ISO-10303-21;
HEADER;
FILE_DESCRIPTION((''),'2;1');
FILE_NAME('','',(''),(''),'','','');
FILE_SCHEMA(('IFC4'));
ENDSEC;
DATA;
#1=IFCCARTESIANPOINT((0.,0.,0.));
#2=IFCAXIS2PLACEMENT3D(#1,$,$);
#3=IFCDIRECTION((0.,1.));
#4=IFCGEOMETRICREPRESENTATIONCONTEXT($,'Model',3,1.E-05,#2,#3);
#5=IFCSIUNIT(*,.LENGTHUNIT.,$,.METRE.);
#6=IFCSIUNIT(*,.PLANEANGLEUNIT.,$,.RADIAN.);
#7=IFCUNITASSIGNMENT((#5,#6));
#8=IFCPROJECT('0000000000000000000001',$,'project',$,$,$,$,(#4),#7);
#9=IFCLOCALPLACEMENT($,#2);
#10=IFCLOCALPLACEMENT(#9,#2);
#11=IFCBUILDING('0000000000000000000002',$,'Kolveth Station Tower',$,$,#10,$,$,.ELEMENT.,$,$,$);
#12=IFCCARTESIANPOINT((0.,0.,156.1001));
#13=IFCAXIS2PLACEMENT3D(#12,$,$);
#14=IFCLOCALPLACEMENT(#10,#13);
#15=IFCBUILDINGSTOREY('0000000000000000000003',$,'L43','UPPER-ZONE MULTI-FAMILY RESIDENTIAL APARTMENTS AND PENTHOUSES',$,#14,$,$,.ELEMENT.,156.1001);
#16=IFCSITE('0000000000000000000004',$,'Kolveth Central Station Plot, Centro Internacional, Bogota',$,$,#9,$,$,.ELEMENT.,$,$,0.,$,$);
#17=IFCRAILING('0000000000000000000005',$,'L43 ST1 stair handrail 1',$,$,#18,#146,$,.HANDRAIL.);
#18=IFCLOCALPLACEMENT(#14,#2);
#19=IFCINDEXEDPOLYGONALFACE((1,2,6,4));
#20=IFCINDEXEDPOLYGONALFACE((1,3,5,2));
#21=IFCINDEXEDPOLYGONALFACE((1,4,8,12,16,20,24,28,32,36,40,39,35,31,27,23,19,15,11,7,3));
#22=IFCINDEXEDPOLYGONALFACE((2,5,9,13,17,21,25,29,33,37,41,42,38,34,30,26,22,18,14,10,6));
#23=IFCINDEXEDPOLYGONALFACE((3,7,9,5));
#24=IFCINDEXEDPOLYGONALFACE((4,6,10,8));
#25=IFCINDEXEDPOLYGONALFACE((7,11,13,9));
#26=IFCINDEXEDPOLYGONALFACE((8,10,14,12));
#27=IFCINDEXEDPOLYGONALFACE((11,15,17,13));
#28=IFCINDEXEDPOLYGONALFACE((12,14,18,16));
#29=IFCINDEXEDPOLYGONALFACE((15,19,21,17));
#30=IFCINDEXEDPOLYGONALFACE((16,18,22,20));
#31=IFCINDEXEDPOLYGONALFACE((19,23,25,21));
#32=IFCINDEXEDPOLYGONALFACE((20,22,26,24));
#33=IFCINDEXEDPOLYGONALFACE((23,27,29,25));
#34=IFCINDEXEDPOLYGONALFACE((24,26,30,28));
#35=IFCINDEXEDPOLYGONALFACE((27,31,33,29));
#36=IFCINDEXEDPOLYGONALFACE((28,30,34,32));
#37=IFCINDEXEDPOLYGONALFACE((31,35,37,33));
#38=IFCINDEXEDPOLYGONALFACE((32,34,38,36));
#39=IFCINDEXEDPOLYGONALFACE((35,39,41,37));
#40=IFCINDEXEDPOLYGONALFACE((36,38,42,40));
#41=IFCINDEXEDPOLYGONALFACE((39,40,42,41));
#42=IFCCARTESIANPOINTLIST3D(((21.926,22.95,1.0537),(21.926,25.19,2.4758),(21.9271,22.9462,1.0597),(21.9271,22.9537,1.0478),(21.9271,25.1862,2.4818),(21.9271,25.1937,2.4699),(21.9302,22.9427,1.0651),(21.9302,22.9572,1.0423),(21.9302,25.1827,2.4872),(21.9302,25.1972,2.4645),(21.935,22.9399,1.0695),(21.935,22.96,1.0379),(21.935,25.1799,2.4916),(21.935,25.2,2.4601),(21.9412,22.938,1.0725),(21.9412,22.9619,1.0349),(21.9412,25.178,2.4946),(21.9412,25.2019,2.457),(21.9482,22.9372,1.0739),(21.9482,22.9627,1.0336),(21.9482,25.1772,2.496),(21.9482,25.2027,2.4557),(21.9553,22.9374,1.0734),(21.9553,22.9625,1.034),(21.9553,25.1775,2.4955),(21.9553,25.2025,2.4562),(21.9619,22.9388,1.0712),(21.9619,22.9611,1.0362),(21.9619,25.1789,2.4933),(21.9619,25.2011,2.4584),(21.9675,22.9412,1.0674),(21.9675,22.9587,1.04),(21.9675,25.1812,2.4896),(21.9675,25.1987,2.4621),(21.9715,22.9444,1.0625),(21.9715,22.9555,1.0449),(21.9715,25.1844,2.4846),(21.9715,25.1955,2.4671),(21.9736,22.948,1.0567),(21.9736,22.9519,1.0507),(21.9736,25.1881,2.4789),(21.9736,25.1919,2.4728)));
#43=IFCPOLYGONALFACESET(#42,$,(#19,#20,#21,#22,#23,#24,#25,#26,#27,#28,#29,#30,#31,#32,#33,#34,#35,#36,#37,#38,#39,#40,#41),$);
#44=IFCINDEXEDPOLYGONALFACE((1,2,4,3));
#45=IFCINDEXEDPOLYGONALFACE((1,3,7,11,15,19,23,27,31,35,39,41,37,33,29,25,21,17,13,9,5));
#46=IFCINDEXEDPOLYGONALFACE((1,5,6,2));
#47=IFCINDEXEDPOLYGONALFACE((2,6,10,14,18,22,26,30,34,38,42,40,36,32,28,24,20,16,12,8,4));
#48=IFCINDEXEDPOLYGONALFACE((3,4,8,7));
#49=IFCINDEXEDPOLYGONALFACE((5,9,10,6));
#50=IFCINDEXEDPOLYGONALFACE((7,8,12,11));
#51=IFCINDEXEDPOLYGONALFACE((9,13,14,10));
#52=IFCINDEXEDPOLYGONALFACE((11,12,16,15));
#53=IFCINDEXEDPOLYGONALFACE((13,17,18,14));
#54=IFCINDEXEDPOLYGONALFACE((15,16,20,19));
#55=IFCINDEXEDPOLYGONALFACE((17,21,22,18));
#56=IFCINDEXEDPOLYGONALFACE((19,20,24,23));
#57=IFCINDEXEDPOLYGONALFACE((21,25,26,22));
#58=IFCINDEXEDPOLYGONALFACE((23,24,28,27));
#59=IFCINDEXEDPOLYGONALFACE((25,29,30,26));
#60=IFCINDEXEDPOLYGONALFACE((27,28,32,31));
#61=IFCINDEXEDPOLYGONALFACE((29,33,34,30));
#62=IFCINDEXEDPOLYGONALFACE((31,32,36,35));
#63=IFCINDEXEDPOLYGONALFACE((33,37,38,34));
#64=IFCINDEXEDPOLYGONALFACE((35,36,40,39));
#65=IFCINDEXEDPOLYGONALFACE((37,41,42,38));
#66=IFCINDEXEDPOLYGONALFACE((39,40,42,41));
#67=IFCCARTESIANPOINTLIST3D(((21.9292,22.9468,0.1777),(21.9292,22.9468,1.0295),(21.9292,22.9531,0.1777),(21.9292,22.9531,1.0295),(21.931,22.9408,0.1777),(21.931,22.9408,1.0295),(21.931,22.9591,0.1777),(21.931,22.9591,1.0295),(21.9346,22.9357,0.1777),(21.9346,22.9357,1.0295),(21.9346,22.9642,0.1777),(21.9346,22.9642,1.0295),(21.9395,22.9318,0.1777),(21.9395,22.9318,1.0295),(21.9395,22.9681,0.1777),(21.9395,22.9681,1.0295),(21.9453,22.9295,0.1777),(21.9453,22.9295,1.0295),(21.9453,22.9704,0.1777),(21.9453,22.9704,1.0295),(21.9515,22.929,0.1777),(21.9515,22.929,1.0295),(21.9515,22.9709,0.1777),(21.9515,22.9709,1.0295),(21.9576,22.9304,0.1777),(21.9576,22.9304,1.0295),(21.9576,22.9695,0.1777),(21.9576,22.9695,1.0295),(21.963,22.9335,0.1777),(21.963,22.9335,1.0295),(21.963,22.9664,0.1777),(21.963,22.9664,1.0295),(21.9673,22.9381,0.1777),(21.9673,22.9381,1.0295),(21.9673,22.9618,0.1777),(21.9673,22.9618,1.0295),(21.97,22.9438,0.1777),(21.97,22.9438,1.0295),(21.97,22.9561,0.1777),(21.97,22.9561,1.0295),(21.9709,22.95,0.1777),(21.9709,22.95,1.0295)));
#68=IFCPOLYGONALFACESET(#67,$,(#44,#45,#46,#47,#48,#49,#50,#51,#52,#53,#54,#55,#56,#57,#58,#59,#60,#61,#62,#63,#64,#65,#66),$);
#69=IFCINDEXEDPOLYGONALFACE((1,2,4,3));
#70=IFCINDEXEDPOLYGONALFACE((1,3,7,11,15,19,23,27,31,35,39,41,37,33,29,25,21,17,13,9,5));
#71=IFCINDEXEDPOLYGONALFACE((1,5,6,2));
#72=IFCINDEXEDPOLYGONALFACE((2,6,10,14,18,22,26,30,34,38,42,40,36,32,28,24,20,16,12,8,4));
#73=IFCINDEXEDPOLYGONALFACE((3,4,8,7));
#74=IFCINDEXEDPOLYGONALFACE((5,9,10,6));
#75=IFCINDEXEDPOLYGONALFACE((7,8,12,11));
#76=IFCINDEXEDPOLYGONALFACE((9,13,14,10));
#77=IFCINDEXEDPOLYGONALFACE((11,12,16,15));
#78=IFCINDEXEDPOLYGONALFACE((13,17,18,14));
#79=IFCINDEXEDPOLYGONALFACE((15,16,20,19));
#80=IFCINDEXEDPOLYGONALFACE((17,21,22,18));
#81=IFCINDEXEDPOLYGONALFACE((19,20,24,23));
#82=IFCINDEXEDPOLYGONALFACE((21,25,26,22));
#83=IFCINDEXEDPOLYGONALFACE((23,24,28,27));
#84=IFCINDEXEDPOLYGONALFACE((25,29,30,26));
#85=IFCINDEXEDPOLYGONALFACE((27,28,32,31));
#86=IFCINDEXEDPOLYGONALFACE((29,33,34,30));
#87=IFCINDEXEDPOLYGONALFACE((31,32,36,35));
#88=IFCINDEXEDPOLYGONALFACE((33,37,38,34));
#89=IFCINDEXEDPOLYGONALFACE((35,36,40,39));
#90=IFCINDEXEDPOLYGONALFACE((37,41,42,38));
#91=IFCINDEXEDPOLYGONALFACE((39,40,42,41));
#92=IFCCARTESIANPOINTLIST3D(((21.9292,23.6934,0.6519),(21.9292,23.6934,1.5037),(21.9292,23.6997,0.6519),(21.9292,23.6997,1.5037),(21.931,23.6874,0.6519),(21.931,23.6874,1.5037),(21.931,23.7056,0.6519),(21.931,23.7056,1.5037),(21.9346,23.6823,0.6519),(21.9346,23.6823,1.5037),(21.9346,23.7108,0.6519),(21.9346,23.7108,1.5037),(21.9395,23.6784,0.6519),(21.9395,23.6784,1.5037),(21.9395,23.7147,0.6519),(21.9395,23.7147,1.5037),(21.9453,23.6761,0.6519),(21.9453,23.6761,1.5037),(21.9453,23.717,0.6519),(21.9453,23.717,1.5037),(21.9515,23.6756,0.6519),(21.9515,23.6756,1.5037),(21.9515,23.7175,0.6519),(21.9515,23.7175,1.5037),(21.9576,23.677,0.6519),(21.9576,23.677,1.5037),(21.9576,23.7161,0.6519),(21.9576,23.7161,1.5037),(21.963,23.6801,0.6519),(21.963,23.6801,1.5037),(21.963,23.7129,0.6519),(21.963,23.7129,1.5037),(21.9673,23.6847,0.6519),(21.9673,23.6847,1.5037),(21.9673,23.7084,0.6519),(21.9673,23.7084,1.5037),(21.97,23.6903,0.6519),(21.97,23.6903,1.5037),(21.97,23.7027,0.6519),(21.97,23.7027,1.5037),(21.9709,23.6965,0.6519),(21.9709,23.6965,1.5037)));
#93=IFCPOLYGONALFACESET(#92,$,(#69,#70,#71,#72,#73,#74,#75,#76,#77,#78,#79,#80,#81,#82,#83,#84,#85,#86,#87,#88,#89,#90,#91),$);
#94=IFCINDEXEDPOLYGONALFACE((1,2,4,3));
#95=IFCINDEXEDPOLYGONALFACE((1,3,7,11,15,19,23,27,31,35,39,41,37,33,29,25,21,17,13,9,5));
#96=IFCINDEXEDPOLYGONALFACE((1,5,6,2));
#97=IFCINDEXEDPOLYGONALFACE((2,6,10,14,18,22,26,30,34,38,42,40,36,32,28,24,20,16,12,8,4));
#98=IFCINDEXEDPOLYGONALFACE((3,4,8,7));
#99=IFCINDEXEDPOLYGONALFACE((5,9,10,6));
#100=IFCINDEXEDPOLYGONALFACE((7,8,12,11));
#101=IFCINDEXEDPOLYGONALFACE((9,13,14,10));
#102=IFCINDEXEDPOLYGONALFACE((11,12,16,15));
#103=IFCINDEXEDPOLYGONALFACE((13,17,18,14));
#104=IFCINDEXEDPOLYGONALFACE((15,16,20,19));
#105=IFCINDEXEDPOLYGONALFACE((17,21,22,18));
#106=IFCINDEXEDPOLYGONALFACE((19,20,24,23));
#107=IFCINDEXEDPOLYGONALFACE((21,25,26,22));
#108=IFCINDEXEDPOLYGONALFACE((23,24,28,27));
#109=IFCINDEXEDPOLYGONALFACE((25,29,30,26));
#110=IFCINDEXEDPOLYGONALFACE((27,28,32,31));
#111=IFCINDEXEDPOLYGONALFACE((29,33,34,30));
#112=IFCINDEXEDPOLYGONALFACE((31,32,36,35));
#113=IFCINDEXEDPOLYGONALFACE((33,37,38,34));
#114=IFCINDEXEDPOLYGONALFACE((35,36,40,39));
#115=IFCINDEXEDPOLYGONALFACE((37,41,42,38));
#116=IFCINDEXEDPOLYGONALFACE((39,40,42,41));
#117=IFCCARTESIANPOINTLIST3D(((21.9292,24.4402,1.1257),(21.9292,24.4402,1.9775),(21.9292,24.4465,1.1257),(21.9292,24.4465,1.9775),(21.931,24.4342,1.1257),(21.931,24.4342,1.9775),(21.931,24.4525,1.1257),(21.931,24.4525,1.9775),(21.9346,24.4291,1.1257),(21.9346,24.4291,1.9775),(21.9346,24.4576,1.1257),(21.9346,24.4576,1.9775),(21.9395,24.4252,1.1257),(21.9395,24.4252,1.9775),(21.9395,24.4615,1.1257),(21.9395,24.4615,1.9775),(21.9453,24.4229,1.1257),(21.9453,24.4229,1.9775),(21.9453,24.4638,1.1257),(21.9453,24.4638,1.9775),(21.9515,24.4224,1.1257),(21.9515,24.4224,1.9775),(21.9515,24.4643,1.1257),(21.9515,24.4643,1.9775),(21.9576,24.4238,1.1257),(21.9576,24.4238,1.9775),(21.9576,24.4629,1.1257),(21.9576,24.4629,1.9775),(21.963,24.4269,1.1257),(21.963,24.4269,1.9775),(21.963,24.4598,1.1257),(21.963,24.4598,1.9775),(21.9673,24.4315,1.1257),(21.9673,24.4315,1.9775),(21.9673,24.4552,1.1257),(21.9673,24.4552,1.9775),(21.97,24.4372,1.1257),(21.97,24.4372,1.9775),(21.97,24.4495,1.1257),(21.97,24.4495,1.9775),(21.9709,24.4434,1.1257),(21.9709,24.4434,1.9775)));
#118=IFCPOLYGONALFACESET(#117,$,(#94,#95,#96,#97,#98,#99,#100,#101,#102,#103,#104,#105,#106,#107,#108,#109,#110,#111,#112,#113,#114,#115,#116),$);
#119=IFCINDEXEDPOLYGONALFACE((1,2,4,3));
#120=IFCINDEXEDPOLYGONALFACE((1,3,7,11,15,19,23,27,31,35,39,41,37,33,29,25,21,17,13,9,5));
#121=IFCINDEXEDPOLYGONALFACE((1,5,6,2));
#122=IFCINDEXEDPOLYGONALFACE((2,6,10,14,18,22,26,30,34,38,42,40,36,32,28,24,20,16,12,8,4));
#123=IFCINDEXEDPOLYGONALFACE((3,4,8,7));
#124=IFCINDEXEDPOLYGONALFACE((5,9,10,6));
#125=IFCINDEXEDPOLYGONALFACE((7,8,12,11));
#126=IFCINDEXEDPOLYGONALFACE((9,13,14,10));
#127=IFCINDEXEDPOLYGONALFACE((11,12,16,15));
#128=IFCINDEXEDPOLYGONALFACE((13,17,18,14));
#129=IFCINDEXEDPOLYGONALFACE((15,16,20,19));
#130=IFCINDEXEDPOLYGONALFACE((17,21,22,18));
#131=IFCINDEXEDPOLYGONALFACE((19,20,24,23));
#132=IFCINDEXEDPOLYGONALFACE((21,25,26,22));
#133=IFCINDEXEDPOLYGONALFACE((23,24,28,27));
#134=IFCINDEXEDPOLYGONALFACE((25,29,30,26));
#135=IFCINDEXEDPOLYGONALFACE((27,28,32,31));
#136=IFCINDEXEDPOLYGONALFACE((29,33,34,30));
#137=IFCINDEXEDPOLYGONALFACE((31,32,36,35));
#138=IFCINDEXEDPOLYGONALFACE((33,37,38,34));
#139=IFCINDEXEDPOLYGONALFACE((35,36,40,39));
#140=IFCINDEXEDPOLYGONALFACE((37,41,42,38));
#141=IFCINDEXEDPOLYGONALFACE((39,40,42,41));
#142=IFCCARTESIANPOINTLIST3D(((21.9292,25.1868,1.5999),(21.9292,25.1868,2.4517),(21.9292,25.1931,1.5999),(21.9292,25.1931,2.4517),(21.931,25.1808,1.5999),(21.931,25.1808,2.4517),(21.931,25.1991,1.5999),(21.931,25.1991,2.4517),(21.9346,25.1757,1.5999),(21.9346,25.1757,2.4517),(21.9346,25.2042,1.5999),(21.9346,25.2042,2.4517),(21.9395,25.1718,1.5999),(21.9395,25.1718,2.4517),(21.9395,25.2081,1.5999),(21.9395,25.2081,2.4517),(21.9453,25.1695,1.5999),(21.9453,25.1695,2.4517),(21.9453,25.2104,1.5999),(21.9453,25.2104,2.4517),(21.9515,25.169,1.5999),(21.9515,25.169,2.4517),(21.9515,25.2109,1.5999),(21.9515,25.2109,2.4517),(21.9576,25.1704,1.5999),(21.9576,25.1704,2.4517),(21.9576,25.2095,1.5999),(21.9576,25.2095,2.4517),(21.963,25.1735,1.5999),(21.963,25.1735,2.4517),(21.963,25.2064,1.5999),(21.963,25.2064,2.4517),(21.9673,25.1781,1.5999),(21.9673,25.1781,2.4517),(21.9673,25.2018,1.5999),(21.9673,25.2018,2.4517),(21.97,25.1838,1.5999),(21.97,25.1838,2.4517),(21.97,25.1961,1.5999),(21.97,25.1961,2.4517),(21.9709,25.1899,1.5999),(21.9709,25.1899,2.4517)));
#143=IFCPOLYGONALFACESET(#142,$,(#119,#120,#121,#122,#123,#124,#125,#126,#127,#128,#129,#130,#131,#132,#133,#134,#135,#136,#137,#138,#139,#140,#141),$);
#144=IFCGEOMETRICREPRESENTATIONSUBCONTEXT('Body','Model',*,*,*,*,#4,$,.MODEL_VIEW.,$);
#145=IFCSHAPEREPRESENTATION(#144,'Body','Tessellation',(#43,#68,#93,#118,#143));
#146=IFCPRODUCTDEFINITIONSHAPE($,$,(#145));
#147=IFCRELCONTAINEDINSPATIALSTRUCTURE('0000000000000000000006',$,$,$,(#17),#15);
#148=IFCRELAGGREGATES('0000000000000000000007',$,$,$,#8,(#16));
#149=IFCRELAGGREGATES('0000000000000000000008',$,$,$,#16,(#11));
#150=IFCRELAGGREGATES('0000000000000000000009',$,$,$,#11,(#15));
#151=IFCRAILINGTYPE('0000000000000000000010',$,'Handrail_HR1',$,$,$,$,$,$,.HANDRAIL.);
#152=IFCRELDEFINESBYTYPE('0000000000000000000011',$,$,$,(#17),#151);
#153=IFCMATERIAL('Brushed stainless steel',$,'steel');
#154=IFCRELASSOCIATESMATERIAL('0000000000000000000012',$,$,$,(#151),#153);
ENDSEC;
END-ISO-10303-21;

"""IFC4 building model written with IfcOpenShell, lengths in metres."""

from ifc_helpers import new_model, si_unit, direction, frame, origin, origin_2d, place, context, subcontext, project, spatial, circle, extrude, material, type_object, element, save


model = new_model("IFC4")

# Units and contexts
model_context = context("Model", 3, precision=1e-05, world=origin(), true_north=direction((0.0, 1.0)))
body_context = subcontext(model_context, "Body", "Model", "MODEL_VIEW")
ifc_project = project(units=[si_unit("LENGTHUNIT", "METRE"), si_unit("PLANEANGLEUNIT", "RADIAN")], contexts=[model_context])

# Site, building, storey
site_placement = place(None, origin())
site = spatial("IfcSite", under=ifc_project, at=site_placement, Name="Kolveth Central Station Plot, Centro Internacional, Bogota", CompositionType="ELEMENT", RefElevation=0.0)
building_placement = place(site_placement, origin())
building = spatial("IfcBuilding", under=site, at=building_placement, Name="Kolveth Station Tower", CompositionType="ELEMENT")
storey_placement = place(building_placement, frame((0.0, 0.0, 156.1001)))
storey = spatial("IfcBuildingStorey", under=building, at=storey_placement, Name="L43", Description="UPPER-ZONE MULTI-FAMILY RESIDENTIAL APARTMENTS AND PENTHOUSES", CompositionType="ELEMENT", Elevation=156.1001)

# Railing
ifc_material_1 = material(Name="Brushed stainless steel", Category="steel")
railing_type_1 = type_object("IfcRailingType", Name="Handrail_HR1", PredefinedType="HANDRAIL", material=ifc_material_1)
for number, where, name in (
    (1, (21.95, 22.95, 0.1777), "L43 ST1 stair handrail 1"),
):
    element("IfcRailing", number, at=place(storey_placement, frame(where)), inside=storey, type_object=railing_type_1, Name=name, PredefinedType="HANDRAIL", context=body_context, shape_type="SweptSolid", body=[
        extrude(circle(Radius=0.0239, at=origin_2d()), frame((0.0, 0.0, 0.876), z_axis=(0.0, 0.844229, 0.535982), x_axis=(-1.0, 0.0, 0.0)), (0.0, 0.0, 1.0), 2.6533),
        extrude(circle(Radius=0.021, at=origin_2d()), origin(), (0.0, 0.0, 1.0), 0.8518),
        extrude(circle(Radius=0.021, at=origin_2d()), frame((0.0, 0.7466, 0.4741)), (0.0, 0.0, 1.0), 0.8518),
        extrude(circle(Radius=0.021, at=origin_2d()), frame((0.0, 1.4934, 0.948)), (0.0, 0.0, 1.0), 0.8518),
        extrude(circle(Radius=0.021, at=origin_2d()), frame((0.0, 2.24, 1.4221)), (0.0, 0.0, 1.0), 0.8518),
    ])

save(model, "model.ifc")
